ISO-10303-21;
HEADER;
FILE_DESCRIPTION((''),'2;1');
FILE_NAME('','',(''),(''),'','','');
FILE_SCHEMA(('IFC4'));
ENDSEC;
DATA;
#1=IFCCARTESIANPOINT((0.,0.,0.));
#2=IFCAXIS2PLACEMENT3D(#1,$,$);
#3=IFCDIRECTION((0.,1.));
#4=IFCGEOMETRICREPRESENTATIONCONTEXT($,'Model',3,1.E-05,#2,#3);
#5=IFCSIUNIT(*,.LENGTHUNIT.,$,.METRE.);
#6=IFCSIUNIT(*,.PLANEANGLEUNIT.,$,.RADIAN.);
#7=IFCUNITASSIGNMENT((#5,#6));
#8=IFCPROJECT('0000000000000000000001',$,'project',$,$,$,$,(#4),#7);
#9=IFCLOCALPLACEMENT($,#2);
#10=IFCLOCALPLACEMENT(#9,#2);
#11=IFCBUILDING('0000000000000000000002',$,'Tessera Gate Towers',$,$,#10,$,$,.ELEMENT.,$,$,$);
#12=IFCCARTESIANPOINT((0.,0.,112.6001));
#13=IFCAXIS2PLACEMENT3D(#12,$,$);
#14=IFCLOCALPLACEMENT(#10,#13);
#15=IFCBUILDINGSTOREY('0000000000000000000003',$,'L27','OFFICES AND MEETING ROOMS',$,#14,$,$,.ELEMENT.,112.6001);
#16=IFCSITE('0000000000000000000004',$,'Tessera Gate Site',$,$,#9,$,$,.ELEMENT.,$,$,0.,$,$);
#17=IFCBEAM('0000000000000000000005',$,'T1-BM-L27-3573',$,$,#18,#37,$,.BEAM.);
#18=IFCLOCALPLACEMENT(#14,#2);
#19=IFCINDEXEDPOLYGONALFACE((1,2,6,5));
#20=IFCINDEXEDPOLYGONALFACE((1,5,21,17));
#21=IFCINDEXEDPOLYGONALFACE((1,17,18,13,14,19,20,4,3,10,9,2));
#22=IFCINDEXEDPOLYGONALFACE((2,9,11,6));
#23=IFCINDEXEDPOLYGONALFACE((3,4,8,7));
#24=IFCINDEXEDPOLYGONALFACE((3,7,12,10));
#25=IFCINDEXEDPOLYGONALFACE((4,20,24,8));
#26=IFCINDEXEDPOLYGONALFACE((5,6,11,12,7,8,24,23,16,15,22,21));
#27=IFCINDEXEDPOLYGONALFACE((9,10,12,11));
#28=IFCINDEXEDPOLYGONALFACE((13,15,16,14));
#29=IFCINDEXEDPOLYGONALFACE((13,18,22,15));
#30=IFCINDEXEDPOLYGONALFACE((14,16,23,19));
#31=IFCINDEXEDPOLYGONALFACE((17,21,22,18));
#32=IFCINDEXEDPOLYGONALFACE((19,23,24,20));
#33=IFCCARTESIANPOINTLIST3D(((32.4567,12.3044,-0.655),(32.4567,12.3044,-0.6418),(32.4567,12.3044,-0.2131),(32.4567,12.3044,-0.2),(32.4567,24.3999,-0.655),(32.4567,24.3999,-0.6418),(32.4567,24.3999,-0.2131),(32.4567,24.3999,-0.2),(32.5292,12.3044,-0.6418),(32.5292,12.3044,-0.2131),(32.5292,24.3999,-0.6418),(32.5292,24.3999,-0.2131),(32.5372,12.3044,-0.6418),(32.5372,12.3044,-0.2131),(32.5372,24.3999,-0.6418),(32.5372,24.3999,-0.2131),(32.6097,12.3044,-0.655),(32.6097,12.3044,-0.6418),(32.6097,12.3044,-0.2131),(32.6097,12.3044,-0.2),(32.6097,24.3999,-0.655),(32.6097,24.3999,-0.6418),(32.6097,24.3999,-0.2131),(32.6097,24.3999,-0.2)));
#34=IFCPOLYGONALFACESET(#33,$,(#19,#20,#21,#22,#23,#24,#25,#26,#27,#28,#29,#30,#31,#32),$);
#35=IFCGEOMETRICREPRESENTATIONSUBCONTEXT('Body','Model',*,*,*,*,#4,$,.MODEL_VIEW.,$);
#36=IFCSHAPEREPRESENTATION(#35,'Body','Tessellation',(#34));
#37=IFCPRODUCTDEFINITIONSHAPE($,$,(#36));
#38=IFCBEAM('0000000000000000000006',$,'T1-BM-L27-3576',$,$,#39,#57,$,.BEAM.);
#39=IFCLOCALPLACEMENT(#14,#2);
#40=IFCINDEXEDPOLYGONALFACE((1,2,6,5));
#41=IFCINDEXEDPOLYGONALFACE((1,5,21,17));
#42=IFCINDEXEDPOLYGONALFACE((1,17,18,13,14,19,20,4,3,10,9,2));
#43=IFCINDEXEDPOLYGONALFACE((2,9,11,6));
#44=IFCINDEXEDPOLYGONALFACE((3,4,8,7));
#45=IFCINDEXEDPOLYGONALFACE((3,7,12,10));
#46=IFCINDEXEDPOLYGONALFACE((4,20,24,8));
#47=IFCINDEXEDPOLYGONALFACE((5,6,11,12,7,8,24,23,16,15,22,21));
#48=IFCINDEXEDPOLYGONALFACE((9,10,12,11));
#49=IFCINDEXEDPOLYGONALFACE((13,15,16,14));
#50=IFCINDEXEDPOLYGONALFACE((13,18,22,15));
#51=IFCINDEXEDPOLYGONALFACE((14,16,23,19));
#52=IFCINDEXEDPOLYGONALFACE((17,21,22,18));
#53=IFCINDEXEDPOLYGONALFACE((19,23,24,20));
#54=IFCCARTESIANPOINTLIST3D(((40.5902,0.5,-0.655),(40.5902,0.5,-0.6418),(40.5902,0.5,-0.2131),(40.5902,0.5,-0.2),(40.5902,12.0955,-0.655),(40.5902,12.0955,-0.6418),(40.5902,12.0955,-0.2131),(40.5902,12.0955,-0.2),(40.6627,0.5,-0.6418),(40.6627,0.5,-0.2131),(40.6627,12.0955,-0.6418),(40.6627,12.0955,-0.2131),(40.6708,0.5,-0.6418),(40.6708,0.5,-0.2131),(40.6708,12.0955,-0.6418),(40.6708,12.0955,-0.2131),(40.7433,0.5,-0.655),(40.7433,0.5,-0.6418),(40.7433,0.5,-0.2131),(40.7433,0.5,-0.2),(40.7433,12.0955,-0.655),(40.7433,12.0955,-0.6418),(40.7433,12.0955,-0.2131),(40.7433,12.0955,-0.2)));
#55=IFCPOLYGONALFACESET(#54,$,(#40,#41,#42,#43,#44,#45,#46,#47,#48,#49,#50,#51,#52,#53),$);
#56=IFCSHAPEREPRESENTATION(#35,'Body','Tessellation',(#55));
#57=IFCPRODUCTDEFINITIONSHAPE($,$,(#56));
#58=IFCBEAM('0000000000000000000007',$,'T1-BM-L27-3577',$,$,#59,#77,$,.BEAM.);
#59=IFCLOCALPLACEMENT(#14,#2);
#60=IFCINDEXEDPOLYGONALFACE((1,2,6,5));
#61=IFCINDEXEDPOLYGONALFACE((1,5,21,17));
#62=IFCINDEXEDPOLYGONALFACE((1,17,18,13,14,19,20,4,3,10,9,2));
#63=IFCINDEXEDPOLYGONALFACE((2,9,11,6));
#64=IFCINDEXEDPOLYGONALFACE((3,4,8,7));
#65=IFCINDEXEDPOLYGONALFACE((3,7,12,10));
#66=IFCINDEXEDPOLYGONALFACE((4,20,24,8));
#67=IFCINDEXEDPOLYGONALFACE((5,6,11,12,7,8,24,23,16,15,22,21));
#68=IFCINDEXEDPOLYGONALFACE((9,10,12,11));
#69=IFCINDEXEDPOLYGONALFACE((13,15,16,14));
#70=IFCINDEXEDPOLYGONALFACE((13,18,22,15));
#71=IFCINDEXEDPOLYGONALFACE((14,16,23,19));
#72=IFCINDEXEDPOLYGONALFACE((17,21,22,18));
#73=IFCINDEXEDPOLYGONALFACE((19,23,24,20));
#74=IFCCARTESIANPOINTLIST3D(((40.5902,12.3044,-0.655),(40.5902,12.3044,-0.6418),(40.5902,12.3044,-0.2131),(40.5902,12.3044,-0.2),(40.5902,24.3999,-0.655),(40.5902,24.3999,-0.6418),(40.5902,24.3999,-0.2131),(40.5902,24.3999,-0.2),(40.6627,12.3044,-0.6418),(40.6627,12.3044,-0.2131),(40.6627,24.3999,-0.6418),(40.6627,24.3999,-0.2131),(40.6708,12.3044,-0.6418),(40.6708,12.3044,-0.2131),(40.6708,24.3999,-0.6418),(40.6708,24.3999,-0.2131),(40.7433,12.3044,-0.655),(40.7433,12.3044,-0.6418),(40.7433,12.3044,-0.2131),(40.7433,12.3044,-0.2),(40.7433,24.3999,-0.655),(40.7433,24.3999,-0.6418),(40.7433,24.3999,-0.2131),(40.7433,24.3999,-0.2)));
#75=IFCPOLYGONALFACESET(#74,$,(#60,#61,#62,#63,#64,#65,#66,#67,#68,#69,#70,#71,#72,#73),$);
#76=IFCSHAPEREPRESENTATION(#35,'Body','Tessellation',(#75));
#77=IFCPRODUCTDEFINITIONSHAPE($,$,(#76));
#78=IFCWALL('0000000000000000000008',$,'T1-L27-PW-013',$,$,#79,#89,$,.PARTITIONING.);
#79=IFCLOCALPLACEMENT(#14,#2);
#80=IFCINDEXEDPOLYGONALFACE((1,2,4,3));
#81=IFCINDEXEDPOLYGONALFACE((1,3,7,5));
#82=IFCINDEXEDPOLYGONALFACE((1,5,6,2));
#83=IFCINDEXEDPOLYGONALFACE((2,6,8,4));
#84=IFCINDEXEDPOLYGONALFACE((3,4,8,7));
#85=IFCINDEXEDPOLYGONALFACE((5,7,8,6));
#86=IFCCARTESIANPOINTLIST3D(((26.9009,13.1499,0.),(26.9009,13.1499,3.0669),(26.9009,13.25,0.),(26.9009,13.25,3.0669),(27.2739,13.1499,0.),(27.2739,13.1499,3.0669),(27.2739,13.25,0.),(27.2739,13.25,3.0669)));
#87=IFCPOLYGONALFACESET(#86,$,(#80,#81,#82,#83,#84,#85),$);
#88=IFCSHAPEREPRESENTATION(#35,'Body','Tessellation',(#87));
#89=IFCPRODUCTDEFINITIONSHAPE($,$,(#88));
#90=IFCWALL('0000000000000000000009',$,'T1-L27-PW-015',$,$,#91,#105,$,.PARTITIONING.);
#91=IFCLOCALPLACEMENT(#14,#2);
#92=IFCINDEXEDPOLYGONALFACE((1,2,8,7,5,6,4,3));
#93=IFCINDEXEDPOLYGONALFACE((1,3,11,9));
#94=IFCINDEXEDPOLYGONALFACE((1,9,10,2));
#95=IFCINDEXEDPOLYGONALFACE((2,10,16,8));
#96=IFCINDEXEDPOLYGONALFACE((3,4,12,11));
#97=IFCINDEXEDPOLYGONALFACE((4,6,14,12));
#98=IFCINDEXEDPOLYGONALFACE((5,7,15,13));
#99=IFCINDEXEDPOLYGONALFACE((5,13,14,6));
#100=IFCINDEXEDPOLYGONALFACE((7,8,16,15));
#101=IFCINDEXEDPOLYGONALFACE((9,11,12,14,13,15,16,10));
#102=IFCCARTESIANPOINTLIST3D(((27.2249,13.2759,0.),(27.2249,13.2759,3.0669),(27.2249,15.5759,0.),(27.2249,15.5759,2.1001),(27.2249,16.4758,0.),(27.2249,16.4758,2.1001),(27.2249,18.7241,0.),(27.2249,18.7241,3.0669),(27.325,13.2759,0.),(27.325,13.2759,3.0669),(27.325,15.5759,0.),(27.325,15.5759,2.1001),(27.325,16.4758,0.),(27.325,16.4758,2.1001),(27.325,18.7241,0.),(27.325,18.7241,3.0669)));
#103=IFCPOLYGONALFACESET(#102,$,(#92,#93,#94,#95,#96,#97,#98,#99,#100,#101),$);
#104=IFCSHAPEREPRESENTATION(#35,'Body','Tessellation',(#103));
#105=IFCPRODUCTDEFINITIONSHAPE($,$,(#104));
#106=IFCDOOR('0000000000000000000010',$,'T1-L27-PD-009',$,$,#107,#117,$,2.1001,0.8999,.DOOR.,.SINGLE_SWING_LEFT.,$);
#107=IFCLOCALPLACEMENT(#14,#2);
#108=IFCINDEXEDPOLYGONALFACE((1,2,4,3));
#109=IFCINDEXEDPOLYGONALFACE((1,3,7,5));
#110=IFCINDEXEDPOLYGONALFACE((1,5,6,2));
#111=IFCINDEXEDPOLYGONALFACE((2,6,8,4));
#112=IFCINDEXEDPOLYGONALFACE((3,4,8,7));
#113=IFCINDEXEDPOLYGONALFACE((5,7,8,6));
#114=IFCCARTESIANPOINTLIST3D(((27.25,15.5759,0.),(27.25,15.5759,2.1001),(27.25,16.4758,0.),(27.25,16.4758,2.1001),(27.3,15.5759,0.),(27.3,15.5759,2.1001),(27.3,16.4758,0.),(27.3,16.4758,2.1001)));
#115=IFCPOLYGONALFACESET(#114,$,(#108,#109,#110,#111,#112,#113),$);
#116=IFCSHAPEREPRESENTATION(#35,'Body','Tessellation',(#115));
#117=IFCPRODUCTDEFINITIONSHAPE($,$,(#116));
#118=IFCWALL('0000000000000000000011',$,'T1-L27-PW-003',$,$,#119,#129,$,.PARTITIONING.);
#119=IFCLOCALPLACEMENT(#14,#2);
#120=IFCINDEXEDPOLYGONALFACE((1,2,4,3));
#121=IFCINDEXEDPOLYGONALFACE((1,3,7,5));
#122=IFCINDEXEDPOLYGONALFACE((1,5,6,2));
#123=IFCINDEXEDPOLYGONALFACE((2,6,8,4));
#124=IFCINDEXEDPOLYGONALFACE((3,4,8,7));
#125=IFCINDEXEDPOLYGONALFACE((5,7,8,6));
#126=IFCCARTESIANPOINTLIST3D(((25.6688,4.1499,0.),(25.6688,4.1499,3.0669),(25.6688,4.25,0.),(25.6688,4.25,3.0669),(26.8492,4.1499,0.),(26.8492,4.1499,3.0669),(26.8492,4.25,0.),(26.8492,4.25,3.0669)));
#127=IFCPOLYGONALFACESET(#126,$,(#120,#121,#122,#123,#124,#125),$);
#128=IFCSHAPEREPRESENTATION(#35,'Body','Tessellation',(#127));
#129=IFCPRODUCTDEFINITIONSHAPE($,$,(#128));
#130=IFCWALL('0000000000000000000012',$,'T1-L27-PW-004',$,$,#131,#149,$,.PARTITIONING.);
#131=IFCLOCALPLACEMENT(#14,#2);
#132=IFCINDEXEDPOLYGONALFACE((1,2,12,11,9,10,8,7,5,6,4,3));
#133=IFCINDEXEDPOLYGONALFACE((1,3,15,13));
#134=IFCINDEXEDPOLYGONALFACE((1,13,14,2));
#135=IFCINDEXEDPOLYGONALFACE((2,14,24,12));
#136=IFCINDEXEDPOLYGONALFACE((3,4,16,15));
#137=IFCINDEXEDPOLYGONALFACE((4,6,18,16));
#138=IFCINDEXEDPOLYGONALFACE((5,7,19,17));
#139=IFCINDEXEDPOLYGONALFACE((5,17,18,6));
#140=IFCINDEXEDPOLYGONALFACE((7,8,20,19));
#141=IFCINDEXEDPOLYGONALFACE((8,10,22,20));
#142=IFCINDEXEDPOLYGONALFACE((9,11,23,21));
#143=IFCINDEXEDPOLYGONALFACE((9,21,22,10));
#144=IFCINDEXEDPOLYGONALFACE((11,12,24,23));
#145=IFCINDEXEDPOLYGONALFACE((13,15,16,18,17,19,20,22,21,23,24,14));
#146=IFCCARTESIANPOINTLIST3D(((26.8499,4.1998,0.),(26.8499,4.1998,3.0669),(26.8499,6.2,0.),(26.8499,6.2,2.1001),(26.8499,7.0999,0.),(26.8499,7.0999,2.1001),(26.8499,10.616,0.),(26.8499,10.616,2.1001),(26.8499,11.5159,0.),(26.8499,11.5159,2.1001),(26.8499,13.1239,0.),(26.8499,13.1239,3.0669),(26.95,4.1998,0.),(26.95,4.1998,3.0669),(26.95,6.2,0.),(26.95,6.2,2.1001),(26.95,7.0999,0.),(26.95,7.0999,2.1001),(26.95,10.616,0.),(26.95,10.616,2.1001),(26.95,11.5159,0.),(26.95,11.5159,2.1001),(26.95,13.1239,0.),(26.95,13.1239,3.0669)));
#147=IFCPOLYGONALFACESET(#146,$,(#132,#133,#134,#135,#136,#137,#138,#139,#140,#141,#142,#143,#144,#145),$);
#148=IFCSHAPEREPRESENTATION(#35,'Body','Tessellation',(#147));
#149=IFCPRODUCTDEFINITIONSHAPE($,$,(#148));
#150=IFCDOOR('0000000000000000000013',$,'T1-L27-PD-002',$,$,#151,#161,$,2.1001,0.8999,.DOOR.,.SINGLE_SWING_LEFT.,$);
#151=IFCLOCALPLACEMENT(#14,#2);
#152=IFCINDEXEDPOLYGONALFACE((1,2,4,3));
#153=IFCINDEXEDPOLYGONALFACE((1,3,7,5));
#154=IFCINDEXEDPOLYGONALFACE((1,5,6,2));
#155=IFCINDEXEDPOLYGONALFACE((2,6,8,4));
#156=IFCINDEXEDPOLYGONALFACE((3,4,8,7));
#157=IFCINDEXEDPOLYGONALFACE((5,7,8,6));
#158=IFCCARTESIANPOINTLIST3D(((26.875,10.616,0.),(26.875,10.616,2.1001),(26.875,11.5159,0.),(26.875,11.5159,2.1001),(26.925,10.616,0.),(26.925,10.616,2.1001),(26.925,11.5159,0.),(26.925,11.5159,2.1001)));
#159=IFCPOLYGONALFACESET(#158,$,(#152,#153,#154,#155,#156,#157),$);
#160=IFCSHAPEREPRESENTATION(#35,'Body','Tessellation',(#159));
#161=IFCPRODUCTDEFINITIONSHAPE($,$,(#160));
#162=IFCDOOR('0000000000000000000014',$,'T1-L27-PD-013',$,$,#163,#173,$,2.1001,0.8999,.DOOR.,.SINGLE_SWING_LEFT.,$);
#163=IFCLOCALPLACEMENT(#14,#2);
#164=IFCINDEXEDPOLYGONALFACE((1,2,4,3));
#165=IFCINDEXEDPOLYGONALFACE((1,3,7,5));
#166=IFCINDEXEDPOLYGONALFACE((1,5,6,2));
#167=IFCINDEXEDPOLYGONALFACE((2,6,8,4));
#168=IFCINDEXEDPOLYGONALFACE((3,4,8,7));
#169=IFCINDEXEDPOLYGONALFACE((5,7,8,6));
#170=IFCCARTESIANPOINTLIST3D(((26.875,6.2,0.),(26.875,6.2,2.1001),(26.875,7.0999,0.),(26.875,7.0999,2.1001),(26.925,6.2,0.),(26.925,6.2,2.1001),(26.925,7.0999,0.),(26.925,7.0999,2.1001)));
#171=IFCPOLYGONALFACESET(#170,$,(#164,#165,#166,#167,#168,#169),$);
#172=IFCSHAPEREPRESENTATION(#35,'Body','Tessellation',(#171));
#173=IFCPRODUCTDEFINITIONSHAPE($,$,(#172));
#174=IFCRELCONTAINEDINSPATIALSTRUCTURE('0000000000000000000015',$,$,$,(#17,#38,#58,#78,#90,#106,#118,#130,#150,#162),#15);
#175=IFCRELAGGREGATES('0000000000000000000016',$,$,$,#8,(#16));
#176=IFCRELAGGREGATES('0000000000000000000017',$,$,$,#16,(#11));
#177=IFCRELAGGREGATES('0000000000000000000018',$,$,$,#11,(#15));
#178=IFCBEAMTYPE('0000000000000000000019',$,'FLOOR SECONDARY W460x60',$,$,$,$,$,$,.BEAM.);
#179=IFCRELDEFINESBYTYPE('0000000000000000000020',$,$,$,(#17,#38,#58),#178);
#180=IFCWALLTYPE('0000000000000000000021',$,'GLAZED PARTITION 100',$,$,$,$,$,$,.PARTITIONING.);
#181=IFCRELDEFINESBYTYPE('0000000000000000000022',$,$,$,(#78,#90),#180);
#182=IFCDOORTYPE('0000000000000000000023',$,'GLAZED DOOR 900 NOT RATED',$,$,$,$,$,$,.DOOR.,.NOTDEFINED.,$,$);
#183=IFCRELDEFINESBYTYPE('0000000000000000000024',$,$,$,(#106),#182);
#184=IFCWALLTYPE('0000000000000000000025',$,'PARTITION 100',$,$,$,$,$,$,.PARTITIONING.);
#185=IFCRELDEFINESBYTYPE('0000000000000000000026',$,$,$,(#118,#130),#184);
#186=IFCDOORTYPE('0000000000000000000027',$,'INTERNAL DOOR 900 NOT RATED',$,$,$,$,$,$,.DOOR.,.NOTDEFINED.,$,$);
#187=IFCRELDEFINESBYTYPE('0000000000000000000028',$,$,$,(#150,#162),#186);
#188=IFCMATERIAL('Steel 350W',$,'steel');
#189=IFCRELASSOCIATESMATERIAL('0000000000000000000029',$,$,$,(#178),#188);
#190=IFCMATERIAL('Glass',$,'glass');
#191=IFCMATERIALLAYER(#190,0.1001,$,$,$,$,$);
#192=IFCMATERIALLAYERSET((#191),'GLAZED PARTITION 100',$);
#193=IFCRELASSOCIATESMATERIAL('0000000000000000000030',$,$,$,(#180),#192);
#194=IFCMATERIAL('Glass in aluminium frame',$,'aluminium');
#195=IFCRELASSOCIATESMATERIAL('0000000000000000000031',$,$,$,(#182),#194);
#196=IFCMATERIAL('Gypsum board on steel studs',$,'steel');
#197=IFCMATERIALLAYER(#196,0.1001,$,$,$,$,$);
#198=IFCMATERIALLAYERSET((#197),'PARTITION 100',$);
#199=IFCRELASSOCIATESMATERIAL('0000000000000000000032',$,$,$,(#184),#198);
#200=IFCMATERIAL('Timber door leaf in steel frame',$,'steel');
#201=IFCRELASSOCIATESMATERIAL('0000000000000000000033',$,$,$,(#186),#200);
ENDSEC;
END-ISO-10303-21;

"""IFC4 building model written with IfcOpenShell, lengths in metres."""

from ifc_helpers import new_model, si_unit, direction, frame, frame_2d, origin, origin_2d, place, context, subcontext, project, spatial, rectangle, i_section, extrude, source, transform, mapped, material, layer, layer_set, material_profile, profile_set, type_object, element, fill, save


model = new_model("IFC4")

# Units and contexts
model_context = context("Model", 3, precision=1e-05, world=origin(), true_north=direction((0.0, 1.0)))
body_context = subcontext(model_context, "Body", "Model", "MODEL_VIEW")
ifc_project = project(units=[si_unit("LENGTHUNIT", "METRE"), si_unit("PLANEANGLEUNIT", "RADIAN")], contexts=[model_context])

# Site, building, storey
site_placement = place(None, origin())
site = spatial("IfcSite", under=ifc_project, at=site_placement, Name="Tessera Gate Site", CompositionType="ELEMENT", RefElevation=0.0)
building_placement = place(site_placement, origin())
building = spatial("IfcBuilding", under=site, at=building_placement, Name="Tessera Gate Towers", CompositionType="ELEMENT")
storey_placement = place(building_placement, frame((0.0, 0.0, 112.6001)))
storey = spatial("IfcBuildingStorey", under=building, at=storey_placement, Name="L27", Description="OFFICES AND MEETING ROOMS", CompositionType="ELEMENT", Elevation=112.6001)

# Beams
ifc_material_1 = material(Name="Steel 350W", Category="steel")
ifc_material_profile_1 = material_profile(ifc_material_1, i_section(OverallWidth=0.1531, OverallDepth=0.4551, WebThickness=0.0081, FlangeThickness=0.0132, at=origin_2d()), Name="W460x60")
ifc_profile_set_1 = profile_set([ifc_material_profile_1], Name="Steel 350W")
beam_type_1 = type_object("IfcBeamType", Name="FLOOR SECONDARY W460x60", PredefinedType="BEAM", material=ifc_profile_set_1)
beam_1_placement = place(storey_placement, frame((32.5332, 12.3044, -0.4275), z_axis=(0.0, 1.0, 0.0), x_axis=(-1.0, 0.0, 0.0)))
element("IfcBeam", 1, at=beam_1_placement, inside=storey, type_object=beam_type_1, Name="T1-BM-L27-3573", PredefinedType="BEAM", context=body_context, shape_type="SweptSolid", body=[
    extrude(i_section(OverallWidth=0.1531, OverallDepth=0.4551, WebThickness=0.0081, FlangeThickness=0.0132, at=origin_2d()), origin(), (0.0, 0.0, 1.0), 12.0955),
])
beam_2_placement = place(storey_placement, frame((40.6667, 0.5, -0.4275), z_axis=(0.0, 1.0, 0.0), x_axis=(-1.0, 0.0, 0.0)))
element("IfcBeam", 2, at=beam_2_placement, inside=storey, type_object=beam_type_1, Name="T1-BM-L27-3576", PredefinedType="BEAM", context=body_context, shape_type="SweptSolid", body=[
    extrude(i_section(OverallWidth=0.1531, OverallDepth=0.4551, WebThickness=0.0081, FlangeThickness=0.0132, at=origin_2d()), origin(), (0.0, 0.0, 1.0), 11.5955),
])
beam_3_placement = place(storey_placement, frame((40.6667, 12.3044, -0.4275), z_axis=(0.0, 1.0, 0.0), x_axis=(-1.0, 0.0, 0.0)))
element("IfcBeam", 3, at=beam_3_placement, inside=storey, type_object=beam_type_1, Name="T1-BM-L27-3577", PredefinedType="BEAM", context=body_context, shape_type="SweptSolid", body=[
    extrude(i_section(OverallWidth=0.1531, OverallDepth=0.4551, WebThickness=0.0081, FlangeThickness=0.0132, at=origin_2d()), origin(), (0.0, 0.0, 1.0), 12.0955),
])

# Wall
ifc_material_2 = material(Name="Glass", Category="glass")
ifc_layer_1 = layer(ifc_material_2, 0.1001)
ifc_layer_set_1 = layer_set([ifc_layer_1], Name="GLAZED PARTITION 100")
wall_type_1 = type_object("IfcWallType", Name="GLAZED PARTITION 100", PredefinedType="PARTITIONING", material=ifc_layer_set_1)
wall_1_placement = place(storey_placement, frame((26.9009, 13.2, 0.0), z_axis=(0.0, 0.0, 1.0), x_axis=(1.0, 0.0, 0.0)))
element("IfcWall", 4, at=wall_1_placement, inside=storey, type_object=wall_type_1, Name="T1-L27-PW-013", PredefinedType="PARTITIONING", context=body_context, shape_type="SweptSolid", body=[
    extrude(rectangle(XDim=0.373, YDim=0.1001, at=frame_2d((0.1865, 0.0))), origin(), (0.0, 0.0, 1.0), 3.0669),
])

# Wall, opening, door
wall_2_placement = place(storey_placement, frame((27.2749, 13.2759, 0.0), z_axis=(0.0, 0.0, 1.0), x_axis=(0.0, 1.0, 0.0)))
wall_2 = element("IfcWall", 5, at=wall_2_placement, inside=storey, type_object=wall_type_1, Name="T1-L27-PW-015", PredefinedType="PARTITIONING", context=body_context, shape_type="SweptSolid", body=[
    extrude(rectangle(XDim=5.4482, YDim=0.1001, at=frame_2d((2.7241, 0.0))), origin(), (0.0, 0.0, 1.0), 3.0669),
])
shared_shape_1 = source(origin(), body_context, "Body", "SweptSolid", [
    extrude(rectangle(XDim=0.8999, YDim=2.1001, at=frame_2d((0.45, 1.05))), frame((0.0, 0.0601, 0.0), z_axis=(0.0, -1.0, 0.0), x_axis=(1.0, 0.0, 0.0)), (0.0, 0.0, 1.0), 0.1201),
])
opening_1_placement = place(wall_2_placement, frame((2.3, 0.0, 0.0)))
opening_1 = element("IfcOpeningElement", 6, at=opening_1_placement, cuts=wall_2, PredefinedType="OPENING", context=body_context, shape_type="MappedRepresentation", body=[
    mapped(shared_shape_1, transform((0.0, 0.0, 0.0), scale=1.0)),
])
ifc_material_3 = material(Name="Glass in aluminium frame", Category="aluminium")
door_type_1 = type_object("IfcDoorType", Name="GLAZED DOOR 900 NOT RATED", OperationType="NOTDEFINED", PredefinedType="DOOR", material=ifc_material_3)
shared_shape_2 = source(origin(), body_context, "Body", "SweptSolid", [
    extrude(rectangle(XDim=0.8999, YDim=2.1001, at=frame_2d((0.45, 1.05))), frame((0.0, 0.0249, 0.0), z_axis=(0.0, -1.0, 0.0), x_axis=(1.0, 0.0, 0.0)), (0.0, 0.0, 1.0), 0.05),
])
door_1_placement = place(opening_1_placement, origin())
door_1 = element("IfcDoor", 7, at=door_1_placement, inside=storey, type_object=door_type_1, Name="T1-L27-PD-009", OperationType="SINGLE_SWING_LEFT", OverallHeight=2.1001, OverallWidth=0.8999, PredefinedType="DOOR", context=body_context, shape_type="MappedRepresentation", body=[
    mapped(shared_shape_2, transform((0.0, 0.0, 0.0), scale=1.0)),
])
fill(opening_1, door_1)

# Wall
ifc_material_4 = material(Name="Gypsum board on steel studs", Category="steel")
ifc_layer_2 = layer(ifc_material_4, 0.1001)
ifc_layer_set_2 = layer_set([ifc_layer_2], Name="PARTITION 100")
wall_type_2 = type_object("IfcWallType", Name="PARTITION 100", PredefinedType="PARTITIONING", material=ifc_layer_set_2)
wall_3_placement = place(storey_placement, frame((25.6687, 4.2, 0.0), z_axis=(0.0, 0.0, 1.0), x_axis=(1.0, 0.0, 0.0)))
element("IfcWall", 8, at=wall_3_placement, inside=storey, type_object=wall_type_2, Name="T1-L27-PW-003", PredefinedType="PARTITIONING", context=body_context, shape_type="SweptSolid", body=[
    extrude(rectangle(XDim=1.1804, YDim=0.1001, at=frame_2d((0.5903, 0.0))), origin(), (0.0, 0.0, 1.0), 3.0669),
])

# Wall, openings, doors
wall_4_placement = place(storey_placement, frame((26.8999, 4.2, 0.0), z_axis=(0.0, 0.0, 1.0), x_axis=(0.0, 1.0, 0.0)))
wall_4 = element("IfcWall", 9, at=wall_4_placement, inside=storey, type_object=wall_type_2, Name="T1-L27-PW-004", PredefinedType="PARTITIONING", context=body_context, shape_type="SweptSolid", body=[
    extrude(rectangle(XDim=8.9241, YDim=0.1001, at=frame_2d((4.4619, 0.0))), origin(), (0.0, 0.0, 1.0), 3.0669),
])
opening_2_placement = place(wall_4_placement, frame((6.416, 0.0, 0.0)))
opening_2 = element("IfcOpeningElement", 10, at=opening_2_placement, cuts=wall_4, PredefinedType="OPENING", context=body_context, shape_type="MappedRepresentation", body=[
    mapped(shared_shape_1, transform((0.0, 0.0, 0.0), scale=1.0)),
])
opening_3_placement = place(wall_4_placement, frame((2.0, 0.0, 0.0)))
opening_3 = element("IfcOpeningElement", 11, at=opening_3_placement, cuts=wall_4, PredefinedType="OPENING", context=body_context, shape_type="MappedRepresentation", body=[
    mapped(shared_shape_1, transform((0.0, 0.0, 0.0), scale=1.0)),
])
ifc_material_5 = material(Name="Timber door leaf in steel frame", Category="steel")
door_type_2 = type_object("IfcDoorType", Name="INTERNAL DOOR 900 NOT RATED", OperationType="NOTDEFINED", PredefinedType="DOOR", material=ifc_material_5)
door_2_placement = place(opening_2_placement, origin())
door_2 = element("IfcDoor", 12, at=door_2_placement, inside=storey, type_object=door_type_2, Name="T1-L27-PD-002", OperationType="SINGLE_SWING_LEFT", OverallHeight=2.1001, OverallWidth=0.8999, PredefinedType="DOOR", context=body_context, shape_type="MappedRepresentation", body=[
    mapped(shared_shape_2, transform((0.0, 0.0, 0.0), scale=1.0)),
])
fill(opening_2, door_2)
door_3_placement = place(opening_3_placement, origin())
door_3 = element("IfcDoor", 13, at=door_3_placement, inside=storey, type_object=door_type_2, Name="T1-L27-PD-013", OperationType="SINGLE_SWING_LEFT", OverallHeight=2.1001, OverallWidth=0.8999, PredefinedType="DOOR", context=body_context, shape_type="MappedRepresentation", body=[
    mapped(shared_shape_2, transform((0.0, 0.0, 0.0), scale=1.0)),
])
fill(opening_3, door_3)

save(model, "model.ifc")
